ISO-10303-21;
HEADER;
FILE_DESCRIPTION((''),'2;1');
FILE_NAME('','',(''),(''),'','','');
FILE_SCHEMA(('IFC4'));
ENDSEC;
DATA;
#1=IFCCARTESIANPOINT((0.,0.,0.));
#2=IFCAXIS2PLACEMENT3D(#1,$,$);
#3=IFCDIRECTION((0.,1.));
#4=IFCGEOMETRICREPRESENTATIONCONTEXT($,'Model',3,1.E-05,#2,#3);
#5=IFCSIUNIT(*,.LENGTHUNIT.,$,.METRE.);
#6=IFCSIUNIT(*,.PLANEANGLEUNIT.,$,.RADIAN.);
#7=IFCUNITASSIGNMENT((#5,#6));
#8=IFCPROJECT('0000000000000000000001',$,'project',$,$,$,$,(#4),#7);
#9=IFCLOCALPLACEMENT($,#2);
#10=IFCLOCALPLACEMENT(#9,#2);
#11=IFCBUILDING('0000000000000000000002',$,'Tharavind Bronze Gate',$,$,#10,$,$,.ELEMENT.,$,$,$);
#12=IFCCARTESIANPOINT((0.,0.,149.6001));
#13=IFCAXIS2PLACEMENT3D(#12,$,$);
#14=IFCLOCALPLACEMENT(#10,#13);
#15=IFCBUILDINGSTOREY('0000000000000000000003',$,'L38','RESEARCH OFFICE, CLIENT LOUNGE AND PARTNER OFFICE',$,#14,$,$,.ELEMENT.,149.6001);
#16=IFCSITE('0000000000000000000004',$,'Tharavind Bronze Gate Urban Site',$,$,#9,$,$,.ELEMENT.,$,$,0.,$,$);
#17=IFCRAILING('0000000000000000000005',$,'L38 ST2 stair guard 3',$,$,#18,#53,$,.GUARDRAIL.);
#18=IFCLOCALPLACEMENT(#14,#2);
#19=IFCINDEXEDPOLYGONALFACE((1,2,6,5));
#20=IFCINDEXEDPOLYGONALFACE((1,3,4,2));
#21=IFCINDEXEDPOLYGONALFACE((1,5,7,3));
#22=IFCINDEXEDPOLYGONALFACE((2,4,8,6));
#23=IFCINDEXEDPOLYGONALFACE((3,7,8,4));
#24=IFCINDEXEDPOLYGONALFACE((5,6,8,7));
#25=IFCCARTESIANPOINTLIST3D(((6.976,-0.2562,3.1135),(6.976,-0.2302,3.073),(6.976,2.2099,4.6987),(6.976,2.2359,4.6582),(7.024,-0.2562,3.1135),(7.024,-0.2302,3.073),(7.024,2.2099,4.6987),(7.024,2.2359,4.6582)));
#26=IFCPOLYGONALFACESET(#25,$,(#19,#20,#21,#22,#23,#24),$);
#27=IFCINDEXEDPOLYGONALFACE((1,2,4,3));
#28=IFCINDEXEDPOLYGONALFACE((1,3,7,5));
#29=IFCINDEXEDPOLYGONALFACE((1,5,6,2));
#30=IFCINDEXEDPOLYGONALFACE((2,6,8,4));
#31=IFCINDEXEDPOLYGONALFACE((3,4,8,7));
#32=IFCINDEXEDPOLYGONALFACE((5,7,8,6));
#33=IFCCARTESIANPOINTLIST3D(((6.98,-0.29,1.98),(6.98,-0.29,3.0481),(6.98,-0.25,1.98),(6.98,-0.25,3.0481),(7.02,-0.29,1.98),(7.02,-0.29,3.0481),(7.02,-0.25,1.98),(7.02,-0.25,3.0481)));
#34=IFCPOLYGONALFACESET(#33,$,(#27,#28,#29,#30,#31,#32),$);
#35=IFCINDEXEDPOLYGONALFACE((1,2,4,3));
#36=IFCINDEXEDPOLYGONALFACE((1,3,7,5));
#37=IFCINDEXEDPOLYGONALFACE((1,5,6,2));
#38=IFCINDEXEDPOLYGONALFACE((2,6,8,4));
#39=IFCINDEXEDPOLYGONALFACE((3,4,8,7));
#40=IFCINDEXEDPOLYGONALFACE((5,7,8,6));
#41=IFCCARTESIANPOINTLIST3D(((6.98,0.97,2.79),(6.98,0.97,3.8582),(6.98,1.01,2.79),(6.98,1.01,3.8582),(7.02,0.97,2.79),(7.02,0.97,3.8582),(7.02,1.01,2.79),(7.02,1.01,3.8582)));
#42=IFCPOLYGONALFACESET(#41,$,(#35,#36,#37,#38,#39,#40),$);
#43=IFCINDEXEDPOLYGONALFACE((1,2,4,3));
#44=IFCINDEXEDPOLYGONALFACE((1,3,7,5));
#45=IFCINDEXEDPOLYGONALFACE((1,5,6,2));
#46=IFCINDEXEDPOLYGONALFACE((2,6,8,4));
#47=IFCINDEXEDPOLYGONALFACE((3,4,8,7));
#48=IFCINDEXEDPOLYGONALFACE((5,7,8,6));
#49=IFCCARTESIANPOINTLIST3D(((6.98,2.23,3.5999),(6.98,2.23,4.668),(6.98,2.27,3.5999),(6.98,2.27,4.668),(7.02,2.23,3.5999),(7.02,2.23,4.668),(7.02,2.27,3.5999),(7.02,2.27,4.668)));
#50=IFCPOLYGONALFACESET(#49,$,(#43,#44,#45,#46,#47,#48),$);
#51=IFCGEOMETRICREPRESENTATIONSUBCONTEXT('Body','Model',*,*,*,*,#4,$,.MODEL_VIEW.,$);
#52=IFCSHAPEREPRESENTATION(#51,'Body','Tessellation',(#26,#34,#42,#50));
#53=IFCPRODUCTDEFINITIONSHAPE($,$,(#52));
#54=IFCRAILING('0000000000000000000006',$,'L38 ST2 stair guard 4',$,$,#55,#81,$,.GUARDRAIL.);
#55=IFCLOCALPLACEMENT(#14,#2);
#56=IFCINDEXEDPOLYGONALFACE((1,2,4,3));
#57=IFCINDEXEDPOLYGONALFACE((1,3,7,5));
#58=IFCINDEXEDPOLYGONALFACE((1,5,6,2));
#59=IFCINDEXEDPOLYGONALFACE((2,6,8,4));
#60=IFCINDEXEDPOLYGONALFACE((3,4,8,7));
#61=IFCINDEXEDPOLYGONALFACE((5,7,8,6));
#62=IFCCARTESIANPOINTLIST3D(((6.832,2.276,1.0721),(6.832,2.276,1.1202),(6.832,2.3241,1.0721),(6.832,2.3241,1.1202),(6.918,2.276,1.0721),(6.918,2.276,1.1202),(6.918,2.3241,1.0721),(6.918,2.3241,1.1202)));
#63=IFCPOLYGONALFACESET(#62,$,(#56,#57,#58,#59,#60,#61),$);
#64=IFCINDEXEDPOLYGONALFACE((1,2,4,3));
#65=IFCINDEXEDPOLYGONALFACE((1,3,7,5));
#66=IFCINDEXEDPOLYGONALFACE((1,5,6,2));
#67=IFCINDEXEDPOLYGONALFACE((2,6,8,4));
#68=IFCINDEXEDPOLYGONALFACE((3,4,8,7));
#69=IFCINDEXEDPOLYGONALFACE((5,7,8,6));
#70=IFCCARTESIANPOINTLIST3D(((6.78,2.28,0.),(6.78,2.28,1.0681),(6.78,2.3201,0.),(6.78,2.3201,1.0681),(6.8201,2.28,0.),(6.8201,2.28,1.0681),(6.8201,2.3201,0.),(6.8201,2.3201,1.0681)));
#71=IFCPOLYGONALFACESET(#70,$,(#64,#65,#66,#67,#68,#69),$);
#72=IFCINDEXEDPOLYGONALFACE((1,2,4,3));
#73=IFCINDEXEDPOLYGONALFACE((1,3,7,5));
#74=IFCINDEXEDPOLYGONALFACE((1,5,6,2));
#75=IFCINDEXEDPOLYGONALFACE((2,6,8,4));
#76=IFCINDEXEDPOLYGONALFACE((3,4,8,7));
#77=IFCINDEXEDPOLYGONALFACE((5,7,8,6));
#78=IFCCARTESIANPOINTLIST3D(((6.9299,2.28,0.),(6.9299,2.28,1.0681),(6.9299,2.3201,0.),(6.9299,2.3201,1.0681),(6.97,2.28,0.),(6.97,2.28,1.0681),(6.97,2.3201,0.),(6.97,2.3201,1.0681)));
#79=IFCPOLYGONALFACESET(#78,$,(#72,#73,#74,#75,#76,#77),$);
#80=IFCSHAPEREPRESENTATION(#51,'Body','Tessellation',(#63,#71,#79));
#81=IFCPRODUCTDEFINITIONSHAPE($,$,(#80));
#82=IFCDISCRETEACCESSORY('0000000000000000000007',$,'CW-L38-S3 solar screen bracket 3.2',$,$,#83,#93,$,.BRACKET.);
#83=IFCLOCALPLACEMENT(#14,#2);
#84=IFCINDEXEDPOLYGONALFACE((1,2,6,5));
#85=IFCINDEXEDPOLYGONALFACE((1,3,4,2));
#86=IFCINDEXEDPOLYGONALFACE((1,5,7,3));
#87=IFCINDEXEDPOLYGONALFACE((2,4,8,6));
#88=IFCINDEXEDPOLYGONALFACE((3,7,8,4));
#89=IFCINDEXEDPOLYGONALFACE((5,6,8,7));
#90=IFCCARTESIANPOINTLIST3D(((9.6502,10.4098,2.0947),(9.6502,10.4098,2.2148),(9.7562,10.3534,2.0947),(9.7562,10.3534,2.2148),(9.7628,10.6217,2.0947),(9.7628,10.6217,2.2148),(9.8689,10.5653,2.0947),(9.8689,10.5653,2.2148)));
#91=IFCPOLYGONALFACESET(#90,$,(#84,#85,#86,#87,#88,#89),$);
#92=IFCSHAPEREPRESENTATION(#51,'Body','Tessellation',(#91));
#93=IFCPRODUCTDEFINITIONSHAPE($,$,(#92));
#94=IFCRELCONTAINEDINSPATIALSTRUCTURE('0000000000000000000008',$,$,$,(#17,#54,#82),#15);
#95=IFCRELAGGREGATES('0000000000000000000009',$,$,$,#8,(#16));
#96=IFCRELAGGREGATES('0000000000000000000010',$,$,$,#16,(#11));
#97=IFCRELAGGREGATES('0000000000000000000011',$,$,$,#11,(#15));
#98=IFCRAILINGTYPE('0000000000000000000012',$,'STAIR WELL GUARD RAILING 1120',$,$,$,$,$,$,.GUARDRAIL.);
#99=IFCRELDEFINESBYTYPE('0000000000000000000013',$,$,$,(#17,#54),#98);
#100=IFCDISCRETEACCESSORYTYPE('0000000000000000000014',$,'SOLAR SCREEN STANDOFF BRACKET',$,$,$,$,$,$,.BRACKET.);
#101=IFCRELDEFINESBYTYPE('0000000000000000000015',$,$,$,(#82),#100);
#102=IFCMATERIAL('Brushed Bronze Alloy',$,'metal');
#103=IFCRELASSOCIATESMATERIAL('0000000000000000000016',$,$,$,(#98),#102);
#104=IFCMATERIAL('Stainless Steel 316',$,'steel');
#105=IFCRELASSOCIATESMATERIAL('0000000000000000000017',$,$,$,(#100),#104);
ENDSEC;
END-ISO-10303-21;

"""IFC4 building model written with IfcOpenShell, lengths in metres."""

from ifc_helpers import new_model, si_unit, direction, frame, origin, origin_2d, place, context, subcontext, project, spatial, rectangle, extrude, material, type_object, element, save


model = new_model("IFC4")

# Units and contexts
model_context = context("Model", 3, precision=1e-05, world=origin(), true_north=direction((0.0, 1.0)))
body_context = subcontext(model_context, "Body", "Model", "MODEL_VIEW")
ifc_project = project(units=[si_unit("LENGTHUNIT", "METRE"), si_unit("PLANEANGLEUNIT", "RADIAN")], contexts=[model_context])

# Site, building, storey
site_placement = place(None, origin())
site = spatial("IfcSite", under=ifc_project, at=site_placement, Name="Tharavind Bronze Gate Urban Site", CompositionType="ELEMENT", RefElevation=0.0)
building_placement = place(site_placement, origin())
building = spatial("IfcBuilding", under=site, at=building_placement, Name="Tharavind Bronze Gate", CompositionType="ELEMENT")
storey_placement = place(building_placement, frame((0.0, 0.0, 149.6001)))
storey = spatial("IfcBuildingStorey", under=building, at=storey_placement, Name="L38", Description="RESEARCH OFFICE, CLIENT LOUNGE AND PARTNER OFFICE", CompositionType="ELEMENT", Elevation=149.6001)

# Railings
ifc_material_1 = material(Name="Brushed Bronze Alloy", Category="metal")
railing_type_1 = type_object("IfcRailingType", Name="STAIR WELL GUARD RAILING 1120", PredefinedType="GUARDRAIL", material=ifc_material_1)
railing_1_placement = place(storey_placement, frame((7.0, -0.27, 1.98)))
element("IfcRailing", 1, at=railing_1_placement, inside=storey, type_object=railing_type_1, Name="L38 ST2 stair guard 3", PredefinedType="GUARDRAIL", context=body_context, shape_type="SweptSolid", body=[
    extrude(rectangle(XDim=0.0481, YDim=0.0481, at=origin_2d()), frame((0.0, 0.0269, 1.1133), z_axis=(0.0, 0.8412, 0.540725), x_axis=(-1.0, 0.0, 0.0)), (0.0, 0.0, 1.0), 2.9316),
    extrude(rectangle(XDim=0.04, YDim=0.04, at=origin_2d()), origin(), (0.0, 0.0, 1.0), 1.0681),
    extrude(rectangle(XDim=0.04, YDim=0.04, at=origin_2d()), frame((0.0, 1.26, 0.8101)), (0.0, 0.0, 1.0), 1.0681),
    extrude(rectangle(XDim=0.04, YDim=0.04, at=origin_2d()), frame((0.0, 2.52, 1.6199)), (0.0, 0.0, 1.0), 1.0681),
])
railing_2_placement = place(storey_placement, frame((6.8, 2.3, 0.0)))
element("IfcRailing", 2, at=railing_2_placement, inside=storey, type_object=railing_type_1, Name="L38 ST2 stair guard 4", PredefinedType="GUARDRAIL", context=body_context, shape_type="SweptSolid", body=[
    extrude(rectangle(XDim=0.0481, YDim=0.0481, at=origin_2d()), frame((0.032, 0.0, 1.0962), z_axis=(1.0, 0.0, 0.0), x_axis=(0.0, 1.0, 0.0)), (0.0, 0.0, 1.0), 0.0859),
    extrude(rectangle(XDim=0.04, YDim=0.04, at=origin_2d()), origin(), (0.0, 0.0, 1.0), 1.0681),
    extrude(rectangle(XDim=0.04, YDim=0.04, at=origin_2d()), frame((0.1499, 0.0, 0.0)), (0.0, 0.0, 1.0), 1.0681),
])

# Discrete accessory
ifc_material_2 = material(Name="Stainless Steel 316", Category="steel")
discrete_accessory_type = type_object("IfcDiscreteAccessoryType", Name="SOLAR SCREEN STANDOFF BRACKET", PredefinedType="BRACKET", material=ifc_material_2)
discrete_accessory_placement = place(storey_placement, frame((9.7595, 10.4875, 2.0947), z_axis=(0.0, 0.0, 1.0), x_axis=(-0.882948, 0.469472, 0.0)))
element("IfcDiscreteAccessory", 3, at=discrete_accessory_placement, inside=storey, type_object=discrete_accessory_type, Name="CW-L38-S3 solar screen bracket 3.2", PredefinedType="BRACKET", context=body_context, shape_type="SweptSolid", body=[
    extrude(rectangle(XDim=0.1201, YDim=0.24, at=origin_2d()), origin(), (0.0, 0.0, 1.0), 0.1201),
])

save(model, "model.ifc")
